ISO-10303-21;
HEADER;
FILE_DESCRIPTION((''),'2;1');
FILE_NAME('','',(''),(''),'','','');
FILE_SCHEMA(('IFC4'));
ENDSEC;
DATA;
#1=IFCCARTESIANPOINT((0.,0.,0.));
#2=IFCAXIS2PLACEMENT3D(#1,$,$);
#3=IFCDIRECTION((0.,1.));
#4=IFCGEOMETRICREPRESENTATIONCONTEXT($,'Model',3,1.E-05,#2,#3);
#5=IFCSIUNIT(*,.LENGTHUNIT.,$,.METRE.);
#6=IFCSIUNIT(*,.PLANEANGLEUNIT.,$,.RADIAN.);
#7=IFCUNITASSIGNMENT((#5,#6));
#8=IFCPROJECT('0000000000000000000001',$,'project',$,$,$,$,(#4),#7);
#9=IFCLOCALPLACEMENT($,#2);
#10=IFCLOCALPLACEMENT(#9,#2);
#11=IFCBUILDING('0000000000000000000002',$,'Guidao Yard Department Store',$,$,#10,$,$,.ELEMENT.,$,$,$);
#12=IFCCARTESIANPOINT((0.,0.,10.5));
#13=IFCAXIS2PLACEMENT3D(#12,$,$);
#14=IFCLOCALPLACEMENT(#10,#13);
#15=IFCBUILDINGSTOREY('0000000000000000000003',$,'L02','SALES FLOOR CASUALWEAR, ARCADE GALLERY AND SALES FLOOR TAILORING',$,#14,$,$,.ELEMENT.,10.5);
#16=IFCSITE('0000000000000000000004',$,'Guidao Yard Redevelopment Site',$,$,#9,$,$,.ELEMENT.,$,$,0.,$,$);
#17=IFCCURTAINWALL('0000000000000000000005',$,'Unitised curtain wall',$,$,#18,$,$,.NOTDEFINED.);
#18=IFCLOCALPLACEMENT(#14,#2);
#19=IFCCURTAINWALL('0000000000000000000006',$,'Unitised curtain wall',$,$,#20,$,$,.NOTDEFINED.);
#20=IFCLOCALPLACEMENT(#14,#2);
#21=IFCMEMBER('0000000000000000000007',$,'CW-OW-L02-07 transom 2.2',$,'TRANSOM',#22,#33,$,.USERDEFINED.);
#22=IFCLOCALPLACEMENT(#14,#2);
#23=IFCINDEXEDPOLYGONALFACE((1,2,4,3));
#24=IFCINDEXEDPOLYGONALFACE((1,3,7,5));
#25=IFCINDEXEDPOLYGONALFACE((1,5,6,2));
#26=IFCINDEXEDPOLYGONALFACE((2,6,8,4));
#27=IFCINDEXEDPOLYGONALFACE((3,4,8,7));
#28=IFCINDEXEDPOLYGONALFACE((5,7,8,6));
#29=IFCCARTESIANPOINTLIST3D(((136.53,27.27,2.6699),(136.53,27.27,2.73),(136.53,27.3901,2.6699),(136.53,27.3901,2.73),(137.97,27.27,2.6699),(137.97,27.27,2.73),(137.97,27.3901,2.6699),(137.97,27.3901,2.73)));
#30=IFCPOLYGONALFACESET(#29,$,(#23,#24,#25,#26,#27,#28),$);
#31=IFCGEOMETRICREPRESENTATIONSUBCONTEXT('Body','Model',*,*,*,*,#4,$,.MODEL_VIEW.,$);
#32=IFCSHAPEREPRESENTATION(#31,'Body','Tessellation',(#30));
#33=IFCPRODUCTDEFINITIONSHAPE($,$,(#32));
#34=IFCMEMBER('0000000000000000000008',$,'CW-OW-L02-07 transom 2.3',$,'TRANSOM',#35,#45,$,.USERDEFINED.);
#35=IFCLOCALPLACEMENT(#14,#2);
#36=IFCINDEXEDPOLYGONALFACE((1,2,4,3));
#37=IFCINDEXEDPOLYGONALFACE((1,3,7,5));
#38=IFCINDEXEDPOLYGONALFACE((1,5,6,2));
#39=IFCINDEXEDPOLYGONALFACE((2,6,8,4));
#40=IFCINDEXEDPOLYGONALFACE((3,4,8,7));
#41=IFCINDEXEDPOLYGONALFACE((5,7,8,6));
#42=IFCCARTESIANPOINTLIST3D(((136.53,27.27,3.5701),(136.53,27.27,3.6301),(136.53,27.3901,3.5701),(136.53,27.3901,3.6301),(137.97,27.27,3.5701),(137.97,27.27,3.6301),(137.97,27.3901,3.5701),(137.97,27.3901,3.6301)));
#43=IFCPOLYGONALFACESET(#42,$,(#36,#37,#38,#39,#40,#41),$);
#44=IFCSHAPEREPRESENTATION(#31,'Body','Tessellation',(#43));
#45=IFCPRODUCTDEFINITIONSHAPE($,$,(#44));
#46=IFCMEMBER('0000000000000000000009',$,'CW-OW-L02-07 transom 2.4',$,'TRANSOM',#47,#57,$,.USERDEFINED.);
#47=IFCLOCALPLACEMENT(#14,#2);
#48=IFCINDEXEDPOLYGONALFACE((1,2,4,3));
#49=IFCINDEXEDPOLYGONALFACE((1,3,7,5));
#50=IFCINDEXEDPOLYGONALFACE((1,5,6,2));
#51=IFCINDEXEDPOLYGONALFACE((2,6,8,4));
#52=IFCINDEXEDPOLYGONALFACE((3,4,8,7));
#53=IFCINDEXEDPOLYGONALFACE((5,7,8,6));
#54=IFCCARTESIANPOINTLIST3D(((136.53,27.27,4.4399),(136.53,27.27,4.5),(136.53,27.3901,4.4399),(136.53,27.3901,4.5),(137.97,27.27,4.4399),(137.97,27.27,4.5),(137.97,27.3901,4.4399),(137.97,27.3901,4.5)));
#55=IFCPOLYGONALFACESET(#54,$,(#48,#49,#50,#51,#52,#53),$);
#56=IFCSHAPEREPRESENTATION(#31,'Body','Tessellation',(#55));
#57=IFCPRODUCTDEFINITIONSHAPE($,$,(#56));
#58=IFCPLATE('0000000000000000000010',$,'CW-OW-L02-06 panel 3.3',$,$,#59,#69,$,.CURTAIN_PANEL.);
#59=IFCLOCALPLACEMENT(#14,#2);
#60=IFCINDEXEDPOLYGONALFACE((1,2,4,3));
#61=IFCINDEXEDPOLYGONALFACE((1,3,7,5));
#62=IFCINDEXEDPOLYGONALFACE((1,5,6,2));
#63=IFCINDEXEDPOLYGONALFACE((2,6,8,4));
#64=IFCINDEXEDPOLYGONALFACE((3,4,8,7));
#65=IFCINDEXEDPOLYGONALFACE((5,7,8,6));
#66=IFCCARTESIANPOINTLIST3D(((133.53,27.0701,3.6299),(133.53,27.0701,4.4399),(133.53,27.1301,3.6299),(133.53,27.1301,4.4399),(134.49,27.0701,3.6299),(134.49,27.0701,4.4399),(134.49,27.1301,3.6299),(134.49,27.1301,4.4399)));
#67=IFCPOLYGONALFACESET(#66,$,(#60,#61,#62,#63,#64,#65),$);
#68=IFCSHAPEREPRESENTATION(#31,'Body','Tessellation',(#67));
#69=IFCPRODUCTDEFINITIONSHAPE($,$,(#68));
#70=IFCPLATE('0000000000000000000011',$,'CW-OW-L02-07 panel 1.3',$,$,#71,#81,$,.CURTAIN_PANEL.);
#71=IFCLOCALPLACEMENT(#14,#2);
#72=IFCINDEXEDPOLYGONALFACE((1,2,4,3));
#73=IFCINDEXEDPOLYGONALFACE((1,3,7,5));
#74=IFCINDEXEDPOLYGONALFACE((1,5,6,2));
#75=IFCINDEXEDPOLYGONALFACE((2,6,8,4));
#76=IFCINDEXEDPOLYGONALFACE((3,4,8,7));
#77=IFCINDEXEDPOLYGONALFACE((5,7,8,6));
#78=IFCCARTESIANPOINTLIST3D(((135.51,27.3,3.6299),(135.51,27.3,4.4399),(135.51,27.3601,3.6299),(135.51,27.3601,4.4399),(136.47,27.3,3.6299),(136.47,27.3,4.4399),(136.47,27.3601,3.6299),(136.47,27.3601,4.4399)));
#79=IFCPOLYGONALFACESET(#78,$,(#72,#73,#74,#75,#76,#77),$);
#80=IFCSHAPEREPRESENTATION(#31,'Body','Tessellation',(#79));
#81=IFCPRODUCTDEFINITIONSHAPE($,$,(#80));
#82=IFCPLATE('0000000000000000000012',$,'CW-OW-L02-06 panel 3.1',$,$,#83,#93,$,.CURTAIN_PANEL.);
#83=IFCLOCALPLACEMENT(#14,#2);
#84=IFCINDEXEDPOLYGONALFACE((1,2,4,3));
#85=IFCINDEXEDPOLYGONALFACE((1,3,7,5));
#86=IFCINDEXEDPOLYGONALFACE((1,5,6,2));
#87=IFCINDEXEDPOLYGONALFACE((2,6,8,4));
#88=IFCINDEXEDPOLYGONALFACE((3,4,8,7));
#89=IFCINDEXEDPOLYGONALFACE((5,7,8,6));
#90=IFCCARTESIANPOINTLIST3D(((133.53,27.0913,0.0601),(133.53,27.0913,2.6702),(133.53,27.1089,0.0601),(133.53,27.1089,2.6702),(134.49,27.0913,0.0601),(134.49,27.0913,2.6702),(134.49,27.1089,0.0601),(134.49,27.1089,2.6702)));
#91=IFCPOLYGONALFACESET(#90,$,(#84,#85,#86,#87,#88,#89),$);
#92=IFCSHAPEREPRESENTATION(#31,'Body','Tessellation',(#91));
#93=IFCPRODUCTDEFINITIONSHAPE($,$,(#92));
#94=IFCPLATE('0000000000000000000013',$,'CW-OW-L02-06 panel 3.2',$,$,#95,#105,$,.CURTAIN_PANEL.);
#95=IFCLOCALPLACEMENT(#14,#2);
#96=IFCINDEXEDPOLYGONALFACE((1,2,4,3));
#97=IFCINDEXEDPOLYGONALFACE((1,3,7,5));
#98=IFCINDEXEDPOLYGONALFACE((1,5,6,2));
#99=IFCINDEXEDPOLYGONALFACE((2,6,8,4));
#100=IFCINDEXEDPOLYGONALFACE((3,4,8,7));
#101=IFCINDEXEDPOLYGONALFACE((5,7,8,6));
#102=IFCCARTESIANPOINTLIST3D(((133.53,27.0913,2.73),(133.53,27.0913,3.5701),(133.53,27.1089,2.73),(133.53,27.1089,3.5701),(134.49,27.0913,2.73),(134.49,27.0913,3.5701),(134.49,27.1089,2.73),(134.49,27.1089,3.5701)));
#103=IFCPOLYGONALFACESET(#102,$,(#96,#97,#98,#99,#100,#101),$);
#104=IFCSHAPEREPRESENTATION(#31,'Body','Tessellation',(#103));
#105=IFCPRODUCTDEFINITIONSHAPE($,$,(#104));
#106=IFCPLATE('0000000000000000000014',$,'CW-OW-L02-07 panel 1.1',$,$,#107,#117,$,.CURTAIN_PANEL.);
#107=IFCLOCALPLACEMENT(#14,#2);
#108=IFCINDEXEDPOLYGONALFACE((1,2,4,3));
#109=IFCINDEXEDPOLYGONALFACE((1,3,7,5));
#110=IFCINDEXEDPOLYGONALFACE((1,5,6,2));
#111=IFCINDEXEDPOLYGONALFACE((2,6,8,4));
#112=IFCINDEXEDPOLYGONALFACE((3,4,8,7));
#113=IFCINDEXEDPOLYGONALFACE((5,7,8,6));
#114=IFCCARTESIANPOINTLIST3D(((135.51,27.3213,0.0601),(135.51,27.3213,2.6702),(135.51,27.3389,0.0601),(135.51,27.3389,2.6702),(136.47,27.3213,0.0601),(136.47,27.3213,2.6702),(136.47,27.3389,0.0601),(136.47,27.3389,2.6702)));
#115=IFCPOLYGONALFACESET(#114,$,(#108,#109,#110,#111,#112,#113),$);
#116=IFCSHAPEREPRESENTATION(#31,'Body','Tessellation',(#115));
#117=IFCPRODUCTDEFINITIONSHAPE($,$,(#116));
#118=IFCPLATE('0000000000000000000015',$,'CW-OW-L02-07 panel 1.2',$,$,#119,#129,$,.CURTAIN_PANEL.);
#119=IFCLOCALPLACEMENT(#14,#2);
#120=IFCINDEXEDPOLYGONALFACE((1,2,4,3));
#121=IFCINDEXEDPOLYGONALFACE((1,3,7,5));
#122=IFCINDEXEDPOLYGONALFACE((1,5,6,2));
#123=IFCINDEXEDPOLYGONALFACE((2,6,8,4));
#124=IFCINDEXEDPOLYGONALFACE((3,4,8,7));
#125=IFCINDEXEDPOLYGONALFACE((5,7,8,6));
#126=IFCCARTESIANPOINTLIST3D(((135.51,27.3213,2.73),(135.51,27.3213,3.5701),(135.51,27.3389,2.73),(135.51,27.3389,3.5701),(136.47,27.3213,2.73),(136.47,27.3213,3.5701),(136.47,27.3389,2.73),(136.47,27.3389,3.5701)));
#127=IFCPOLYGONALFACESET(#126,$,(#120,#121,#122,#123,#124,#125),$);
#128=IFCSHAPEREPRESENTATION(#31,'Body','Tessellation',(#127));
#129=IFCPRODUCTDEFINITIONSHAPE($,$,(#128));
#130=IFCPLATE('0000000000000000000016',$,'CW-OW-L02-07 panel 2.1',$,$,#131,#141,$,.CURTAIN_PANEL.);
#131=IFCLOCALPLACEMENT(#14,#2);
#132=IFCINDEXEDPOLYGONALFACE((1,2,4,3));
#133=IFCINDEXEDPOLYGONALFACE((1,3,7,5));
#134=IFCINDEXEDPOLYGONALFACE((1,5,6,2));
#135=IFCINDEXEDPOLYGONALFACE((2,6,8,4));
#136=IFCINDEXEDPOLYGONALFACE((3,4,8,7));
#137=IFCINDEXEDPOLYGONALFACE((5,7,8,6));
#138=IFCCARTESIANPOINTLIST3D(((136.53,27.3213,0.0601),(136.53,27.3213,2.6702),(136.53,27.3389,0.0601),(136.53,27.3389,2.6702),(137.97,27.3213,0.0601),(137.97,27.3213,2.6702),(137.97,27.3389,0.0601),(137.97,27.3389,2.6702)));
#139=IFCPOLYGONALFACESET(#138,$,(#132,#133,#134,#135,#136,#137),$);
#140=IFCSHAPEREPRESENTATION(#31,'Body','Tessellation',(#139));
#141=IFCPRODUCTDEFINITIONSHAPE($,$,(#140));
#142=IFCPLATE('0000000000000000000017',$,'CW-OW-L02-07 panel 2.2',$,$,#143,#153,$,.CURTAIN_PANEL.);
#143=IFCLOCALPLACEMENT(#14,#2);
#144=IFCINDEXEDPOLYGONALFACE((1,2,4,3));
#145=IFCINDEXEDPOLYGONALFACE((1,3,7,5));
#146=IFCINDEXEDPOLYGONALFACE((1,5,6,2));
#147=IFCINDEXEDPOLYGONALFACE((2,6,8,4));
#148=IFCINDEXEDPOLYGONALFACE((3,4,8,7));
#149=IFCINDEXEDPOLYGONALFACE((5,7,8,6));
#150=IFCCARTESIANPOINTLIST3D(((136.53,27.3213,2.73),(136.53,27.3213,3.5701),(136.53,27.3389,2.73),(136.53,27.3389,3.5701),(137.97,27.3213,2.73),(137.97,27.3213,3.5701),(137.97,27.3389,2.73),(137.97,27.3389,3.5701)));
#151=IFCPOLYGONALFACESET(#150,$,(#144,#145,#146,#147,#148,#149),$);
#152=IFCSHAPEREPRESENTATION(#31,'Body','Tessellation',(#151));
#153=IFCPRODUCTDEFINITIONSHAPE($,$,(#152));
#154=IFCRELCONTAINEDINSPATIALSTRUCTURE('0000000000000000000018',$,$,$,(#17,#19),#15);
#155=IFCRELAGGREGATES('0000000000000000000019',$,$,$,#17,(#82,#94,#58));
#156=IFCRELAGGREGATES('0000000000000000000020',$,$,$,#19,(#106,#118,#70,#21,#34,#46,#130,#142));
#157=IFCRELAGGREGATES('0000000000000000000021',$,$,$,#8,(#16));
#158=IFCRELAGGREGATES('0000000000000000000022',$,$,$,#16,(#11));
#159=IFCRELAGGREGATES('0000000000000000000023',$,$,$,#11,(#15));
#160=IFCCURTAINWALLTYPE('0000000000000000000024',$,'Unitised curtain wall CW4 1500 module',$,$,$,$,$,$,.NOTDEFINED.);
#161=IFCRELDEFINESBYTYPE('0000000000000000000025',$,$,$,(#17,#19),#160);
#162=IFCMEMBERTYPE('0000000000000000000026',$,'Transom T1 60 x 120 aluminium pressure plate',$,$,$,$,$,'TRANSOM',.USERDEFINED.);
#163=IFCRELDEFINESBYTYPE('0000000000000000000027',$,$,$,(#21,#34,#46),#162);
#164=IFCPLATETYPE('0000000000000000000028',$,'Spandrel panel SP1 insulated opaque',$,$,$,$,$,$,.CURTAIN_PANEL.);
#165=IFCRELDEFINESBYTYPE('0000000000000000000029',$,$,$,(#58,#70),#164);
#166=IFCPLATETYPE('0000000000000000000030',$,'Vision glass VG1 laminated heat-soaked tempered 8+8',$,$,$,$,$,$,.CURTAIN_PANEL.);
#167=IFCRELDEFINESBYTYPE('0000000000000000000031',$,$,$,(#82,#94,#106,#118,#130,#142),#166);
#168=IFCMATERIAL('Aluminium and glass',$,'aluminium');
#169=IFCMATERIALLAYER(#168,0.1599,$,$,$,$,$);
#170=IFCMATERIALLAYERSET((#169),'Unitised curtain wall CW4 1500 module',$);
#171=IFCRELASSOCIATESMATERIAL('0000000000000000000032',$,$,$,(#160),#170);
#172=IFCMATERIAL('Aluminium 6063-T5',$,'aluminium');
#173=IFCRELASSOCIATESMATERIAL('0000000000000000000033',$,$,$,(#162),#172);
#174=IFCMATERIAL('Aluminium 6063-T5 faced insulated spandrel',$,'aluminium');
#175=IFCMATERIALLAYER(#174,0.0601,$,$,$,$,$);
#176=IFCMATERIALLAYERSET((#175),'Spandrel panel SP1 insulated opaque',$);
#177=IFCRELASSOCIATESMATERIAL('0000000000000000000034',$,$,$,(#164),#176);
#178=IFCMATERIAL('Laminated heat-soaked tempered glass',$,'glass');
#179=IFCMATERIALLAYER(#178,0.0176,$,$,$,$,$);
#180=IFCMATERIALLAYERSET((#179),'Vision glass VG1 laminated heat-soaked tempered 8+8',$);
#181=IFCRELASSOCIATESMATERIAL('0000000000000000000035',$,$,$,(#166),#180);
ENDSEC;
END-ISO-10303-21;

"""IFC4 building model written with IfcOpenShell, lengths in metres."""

from ifc_helpers import new_model, si_unit, direction, frame, origin, origin_2d, place, context, subcontext, project, spatial, rectangle, extrude, material, layer, layer_set, material_profile, profile_set, type_object, element, aggregate, save


model = new_model("IFC4")

# Units and contexts
model_context = context("Model", 3, precision=1e-05, world=origin(), true_north=direction((0.0, 1.0)))
body_context = subcontext(model_context, "Body", "Model", "MODEL_VIEW")
ifc_project = project(units=[si_unit("LENGTHUNIT", "METRE"), si_unit("PLANEANGLEUNIT", "RADIAN")], contexts=[model_context])

# Site, building, storey
site_placement = place(None, origin())
site = spatial("IfcSite", under=ifc_project, at=site_placement, Name="Guidao Yard Redevelopment Site", CompositionType="ELEMENT", RefElevation=0.0)
building_placement = place(site_placement, origin())
building = spatial("IfcBuilding", under=site, at=building_placement, Name="Guidao Yard Department Store", CompositionType="ELEMENT")
storey_placement = place(building_placement, frame((0.0, 0.0, 10.5)))
storey = spatial("IfcBuildingStorey", under=building, at=storey_placement, Name="L02", Description="SALES FLOOR CASUALWEAR, ARCADE GALLERY AND SALES FLOOR TAILORING", CompositionType="ELEMENT", Elevation=10.5)

# Curtain wall
ifc_material_1 = material(Name="Aluminium and glass", Category="aluminium")
ifc_layer_1 = layer(ifc_material_1, 0.1599)
ifc_layer_set_1 = layer_set([ifc_layer_1], Name="Unitised curtain wall CW4 1500 module")
curtain_wall_type = type_object("IfcCurtainWallType", Name="Unitised curtain wall CW4 1500 module", PredefinedType="NOTDEFINED", material=ifc_layer_set_1)
curtain_wall_1_placement = place(storey_placement, origin())
curtain_wall_1 = element("IfcCurtainWall", 1, at=curtain_wall_1_placement, inside=storey, type_object=curtain_wall_type, Name="Unitised curtain wall", PredefinedType="NOTDEFINED")

# Curtain wall
curtain_wall_2_placement = place(storey_placement, origin())
curtain_wall_2 = element("IfcCurtainWall", 2, at=curtain_wall_2_placement, inside=storey, type_object=curtain_wall_type, Name="Unitised curtain wall", PredefinedType="NOTDEFINED")

# Members
ifc_material_2 = material(Name="Aluminium 6063-T5", Category="aluminium")
ifc_material_profile_1 = material_profile(ifc_material_2, rectangle(XDim=0.1201, YDim=0.0601, at=origin_2d()), Name="Transom T1 60 x 120 aluminium pressure plate")
ifc_profile_set_1 = profile_set([ifc_material_profile_1], Name="Aluminium 6063-T5")
member_type_1 = type_object("IfcMemberType", Name="Transom T1 60 x 120 aluminium pressure plate", ElementType="TRANSOM", PredefinedType="USERDEFINED", material=ifc_profile_set_1)
member_1_placement = place(storey_placement, frame((136.53, 27.3301, 2.7), z_axis=(1.0, 0.0, 0.0), x_axis=(0.0, 1.0, 0.0)))
member_1 = element("IfcMember", 3, at=member_1_placement, type_object=member_type_1, Name="CW-OW-L02-07 transom 2.2", ObjectType="TRANSOM", PredefinedType="USERDEFINED", context=body_context, shape_type="SweptSolid", body=[
    extrude(rectangle(XDim=0.1201, YDim=0.0601, at=origin_2d()), origin(), (0.0, 0.0, 1.0), 1.4399),
])
member_2_placement = place(storey_placement, frame((136.53, 27.3301, 3.6001), z_axis=(1.0, 0.0, 0.0), x_axis=(0.0, 1.0, 0.0)))
member_2 = element("IfcMember", 4, at=member_2_placement, type_object=member_type_1, Name="CW-OW-L02-07 transom 2.3", ObjectType="TRANSOM", PredefinedType="USERDEFINED", context=body_context, shape_type="SweptSolid", body=[
    extrude(rectangle(XDim=0.1201, YDim=0.0601, at=origin_2d()), origin(), (0.0, 0.0, 1.0), 1.4399),
])
member_3_placement = place(storey_placement, frame((136.53, 27.3301, 4.47), z_axis=(1.0, 0.0, 0.0), x_axis=(0.0, 1.0, 0.0)))
member_3 = element("IfcMember", 5, at=member_3_placement, type_object=member_type_1, Name="CW-OW-L02-07 transom 2.4", ObjectType="TRANSOM", PredefinedType="USERDEFINED", context=body_context, shape_type="SweptSolid", body=[
    extrude(rectangle(XDim=0.1201, YDim=0.0601, at=origin_2d()), origin(), (0.0, 0.0, 1.0), 1.4399),
])

# Plates
ifc_material_3 = material(Name="Aluminium 6063-T5 faced insulated spandrel", Category="aluminium")
ifc_layer_2 = layer(ifc_material_3, 0.0601)
ifc_layer_set_2 = layer_set([ifc_layer_2], Name="Spandrel panel SP1 insulated opaque")
plate_type_1 = type_object("IfcPlateType", Name="Spandrel panel SP1 insulated opaque", PredefinedType="CURTAIN_PANEL", material=ifc_layer_set_2)
plate_1_placement = place(storey_placement, frame((134.01, 27.1001, 3.6299), z_axis=(0.0, 0.0, 1.0), x_axis=(1.0, 0.0, 0.0)))
plate_1 = element("IfcPlate", 6, at=plate_1_placement, type_object=plate_type_1, Name="CW-OW-L02-06 panel 3.3", PredefinedType="CURTAIN_PANEL", context=body_context, shape_type="SweptSolid", body=[
    extrude(rectangle(XDim=0.96, YDim=0.0601, at=origin_2d()), origin(), (0.0, 0.0, 1.0), 0.8101),
])
plate_2_placement = place(storey_placement, frame((135.99, 27.3301, 3.6299), z_axis=(0.0, 0.0, 1.0), x_axis=(1.0, 0.0, 0.0)))
plate_2 = element("IfcPlate", 7, at=plate_2_placement, type_object=plate_type_1, Name="CW-OW-L02-07 panel 1.3", PredefinedType="CURTAIN_PANEL", context=body_context, shape_type="SweptSolid", body=[
    extrude(rectangle(XDim=0.96, YDim=0.0601, at=origin_2d()), origin(), (0.0, 0.0, 1.0), 0.8101),
])
ifc_material_4 = material(Name="Laminated heat-soaked tempered glass", Category="glass")
ifc_layer_3 = layer(ifc_material_4, 0.0176)
ifc_layer_set_3 = layer_set([ifc_layer_3], Name="Vision glass VG1 laminated heat-soaked tempered 8+8")
plate_type_2 = type_object("IfcPlateType", Name="Vision glass VG1 laminated heat-soaked tempered 8+8", PredefinedType="CURTAIN_PANEL", material=ifc_layer_set_3)
plate_3_placement = place(storey_placement, frame((134.01, 27.1001, 0.0601), z_axis=(0.0, 0.0, 1.0), x_axis=(1.0, 0.0, 0.0)))
plate_3 = element("IfcPlate", 8, at=plate_3_placement, type_object=plate_type_2, Name="CW-OW-L02-06 panel 3.1", PredefinedType="CURTAIN_PANEL", context=body_context, shape_type="SweptSolid", body=[
    extrude(rectangle(XDim=0.96, YDim=0.0176, at=origin_2d()), origin(), (0.0, 0.0, 1.0), 2.6101),
])
plate_4_placement = place(storey_placement, frame((134.01, 27.1001, 2.73), z_axis=(0.0, 0.0, 1.0), x_axis=(1.0, 0.0, 0.0)))
plate_4 = element("IfcPlate", 9, at=plate_4_placement, type_object=plate_type_2, Name="CW-OW-L02-06 panel 3.2", PredefinedType="CURTAIN_PANEL", context=body_context, shape_type="SweptSolid", body=[
    extrude(rectangle(XDim=0.96, YDim=0.0176, at=origin_2d()), origin(), (0.0, 0.0, 1.0), 0.8401),
])
aggregate(curtain_wall_1, [plate_3, plate_4, plate_1])
plate_5_placement = place(storey_placement, frame((135.99, 27.3301, 0.0601), z_axis=(0.0, 0.0, 1.0), x_axis=(1.0, 0.0, 0.0)))
plate_5 = element("IfcPlate", 10, at=plate_5_placement, type_object=plate_type_2, Name="CW-OW-L02-07 panel 1.1", PredefinedType="CURTAIN_PANEL", context=body_context, shape_type="SweptSolid", body=[
    extrude(rectangle(XDim=0.96, YDim=0.0176, at=origin_2d()), origin(), (0.0, 0.0, 1.0), 2.6101),
])
plate_6_placement = place(storey_placement, frame((135.99, 27.3301, 2.73), z_axis=(0.0, 0.0, 1.0), x_axis=(1.0, 0.0, 0.0)))
plate_6 = element("IfcPlate", 11, at=plate_6_placement, type_object=plate_type_2, Name="CW-OW-L02-07 panel 1.2", PredefinedType="CURTAIN_PANEL", context=body_context, shape_type="SweptSolid", body=[
    extrude(rectangle(XDim=0.96, YDim=0.0176, at=origin_2d()), origin(), (0.0, 0.0, 1.0), 0.8401),
])
plate_7_placement = place(storey_placement, frame((137.25, 27.3301, 0.0601), z_axis=(0.0, 0.0, 1.0), x_axis=(1.0, 0.0, 0.0)))
plate_7 = element("IfcPlate", 12, at=plate_7_placement, type_object=plate_type_2, Name="CW-OW-L02-07 panel 2.1", PredefinedType="CURTAIN_PANEL", context=body_context, shape_type="SweptSolid", body=[
    extrude(rectangle(XDim=1.4399, YDim=0.0176, at=origin_2d()), origin(), (0.0, 0.0, 1.0), 2.6101),
])
plate_8_placement = place(storey_placement, frame((137.25, 27.3301, 2.73), z_axis=(0.0, 0.0, 1.0), x_axis=(1.0, 0.0, 0.0)))
plate_8 = element("IfcPlate", 13, at=plate_8_placement, type_object=plate_type_2, Name="CW-OW-L02-07 panel 2.2", PredefinedType="CURTAIN_PANEL", context=body_context, shape_type="SweptSolid", body=[
    extrude(rectangle(XDim=1.4399, YDim=0.0176, at=origin_2d()), origin(), (0.0, 0.0, 1.0), 0.8401),
])
aggregate(curtain_wall_2, [plate_5, plate_6, plate_2, member_1, member_2, member_3, plate_7, plate_8])

save(model, "model.ifc")
